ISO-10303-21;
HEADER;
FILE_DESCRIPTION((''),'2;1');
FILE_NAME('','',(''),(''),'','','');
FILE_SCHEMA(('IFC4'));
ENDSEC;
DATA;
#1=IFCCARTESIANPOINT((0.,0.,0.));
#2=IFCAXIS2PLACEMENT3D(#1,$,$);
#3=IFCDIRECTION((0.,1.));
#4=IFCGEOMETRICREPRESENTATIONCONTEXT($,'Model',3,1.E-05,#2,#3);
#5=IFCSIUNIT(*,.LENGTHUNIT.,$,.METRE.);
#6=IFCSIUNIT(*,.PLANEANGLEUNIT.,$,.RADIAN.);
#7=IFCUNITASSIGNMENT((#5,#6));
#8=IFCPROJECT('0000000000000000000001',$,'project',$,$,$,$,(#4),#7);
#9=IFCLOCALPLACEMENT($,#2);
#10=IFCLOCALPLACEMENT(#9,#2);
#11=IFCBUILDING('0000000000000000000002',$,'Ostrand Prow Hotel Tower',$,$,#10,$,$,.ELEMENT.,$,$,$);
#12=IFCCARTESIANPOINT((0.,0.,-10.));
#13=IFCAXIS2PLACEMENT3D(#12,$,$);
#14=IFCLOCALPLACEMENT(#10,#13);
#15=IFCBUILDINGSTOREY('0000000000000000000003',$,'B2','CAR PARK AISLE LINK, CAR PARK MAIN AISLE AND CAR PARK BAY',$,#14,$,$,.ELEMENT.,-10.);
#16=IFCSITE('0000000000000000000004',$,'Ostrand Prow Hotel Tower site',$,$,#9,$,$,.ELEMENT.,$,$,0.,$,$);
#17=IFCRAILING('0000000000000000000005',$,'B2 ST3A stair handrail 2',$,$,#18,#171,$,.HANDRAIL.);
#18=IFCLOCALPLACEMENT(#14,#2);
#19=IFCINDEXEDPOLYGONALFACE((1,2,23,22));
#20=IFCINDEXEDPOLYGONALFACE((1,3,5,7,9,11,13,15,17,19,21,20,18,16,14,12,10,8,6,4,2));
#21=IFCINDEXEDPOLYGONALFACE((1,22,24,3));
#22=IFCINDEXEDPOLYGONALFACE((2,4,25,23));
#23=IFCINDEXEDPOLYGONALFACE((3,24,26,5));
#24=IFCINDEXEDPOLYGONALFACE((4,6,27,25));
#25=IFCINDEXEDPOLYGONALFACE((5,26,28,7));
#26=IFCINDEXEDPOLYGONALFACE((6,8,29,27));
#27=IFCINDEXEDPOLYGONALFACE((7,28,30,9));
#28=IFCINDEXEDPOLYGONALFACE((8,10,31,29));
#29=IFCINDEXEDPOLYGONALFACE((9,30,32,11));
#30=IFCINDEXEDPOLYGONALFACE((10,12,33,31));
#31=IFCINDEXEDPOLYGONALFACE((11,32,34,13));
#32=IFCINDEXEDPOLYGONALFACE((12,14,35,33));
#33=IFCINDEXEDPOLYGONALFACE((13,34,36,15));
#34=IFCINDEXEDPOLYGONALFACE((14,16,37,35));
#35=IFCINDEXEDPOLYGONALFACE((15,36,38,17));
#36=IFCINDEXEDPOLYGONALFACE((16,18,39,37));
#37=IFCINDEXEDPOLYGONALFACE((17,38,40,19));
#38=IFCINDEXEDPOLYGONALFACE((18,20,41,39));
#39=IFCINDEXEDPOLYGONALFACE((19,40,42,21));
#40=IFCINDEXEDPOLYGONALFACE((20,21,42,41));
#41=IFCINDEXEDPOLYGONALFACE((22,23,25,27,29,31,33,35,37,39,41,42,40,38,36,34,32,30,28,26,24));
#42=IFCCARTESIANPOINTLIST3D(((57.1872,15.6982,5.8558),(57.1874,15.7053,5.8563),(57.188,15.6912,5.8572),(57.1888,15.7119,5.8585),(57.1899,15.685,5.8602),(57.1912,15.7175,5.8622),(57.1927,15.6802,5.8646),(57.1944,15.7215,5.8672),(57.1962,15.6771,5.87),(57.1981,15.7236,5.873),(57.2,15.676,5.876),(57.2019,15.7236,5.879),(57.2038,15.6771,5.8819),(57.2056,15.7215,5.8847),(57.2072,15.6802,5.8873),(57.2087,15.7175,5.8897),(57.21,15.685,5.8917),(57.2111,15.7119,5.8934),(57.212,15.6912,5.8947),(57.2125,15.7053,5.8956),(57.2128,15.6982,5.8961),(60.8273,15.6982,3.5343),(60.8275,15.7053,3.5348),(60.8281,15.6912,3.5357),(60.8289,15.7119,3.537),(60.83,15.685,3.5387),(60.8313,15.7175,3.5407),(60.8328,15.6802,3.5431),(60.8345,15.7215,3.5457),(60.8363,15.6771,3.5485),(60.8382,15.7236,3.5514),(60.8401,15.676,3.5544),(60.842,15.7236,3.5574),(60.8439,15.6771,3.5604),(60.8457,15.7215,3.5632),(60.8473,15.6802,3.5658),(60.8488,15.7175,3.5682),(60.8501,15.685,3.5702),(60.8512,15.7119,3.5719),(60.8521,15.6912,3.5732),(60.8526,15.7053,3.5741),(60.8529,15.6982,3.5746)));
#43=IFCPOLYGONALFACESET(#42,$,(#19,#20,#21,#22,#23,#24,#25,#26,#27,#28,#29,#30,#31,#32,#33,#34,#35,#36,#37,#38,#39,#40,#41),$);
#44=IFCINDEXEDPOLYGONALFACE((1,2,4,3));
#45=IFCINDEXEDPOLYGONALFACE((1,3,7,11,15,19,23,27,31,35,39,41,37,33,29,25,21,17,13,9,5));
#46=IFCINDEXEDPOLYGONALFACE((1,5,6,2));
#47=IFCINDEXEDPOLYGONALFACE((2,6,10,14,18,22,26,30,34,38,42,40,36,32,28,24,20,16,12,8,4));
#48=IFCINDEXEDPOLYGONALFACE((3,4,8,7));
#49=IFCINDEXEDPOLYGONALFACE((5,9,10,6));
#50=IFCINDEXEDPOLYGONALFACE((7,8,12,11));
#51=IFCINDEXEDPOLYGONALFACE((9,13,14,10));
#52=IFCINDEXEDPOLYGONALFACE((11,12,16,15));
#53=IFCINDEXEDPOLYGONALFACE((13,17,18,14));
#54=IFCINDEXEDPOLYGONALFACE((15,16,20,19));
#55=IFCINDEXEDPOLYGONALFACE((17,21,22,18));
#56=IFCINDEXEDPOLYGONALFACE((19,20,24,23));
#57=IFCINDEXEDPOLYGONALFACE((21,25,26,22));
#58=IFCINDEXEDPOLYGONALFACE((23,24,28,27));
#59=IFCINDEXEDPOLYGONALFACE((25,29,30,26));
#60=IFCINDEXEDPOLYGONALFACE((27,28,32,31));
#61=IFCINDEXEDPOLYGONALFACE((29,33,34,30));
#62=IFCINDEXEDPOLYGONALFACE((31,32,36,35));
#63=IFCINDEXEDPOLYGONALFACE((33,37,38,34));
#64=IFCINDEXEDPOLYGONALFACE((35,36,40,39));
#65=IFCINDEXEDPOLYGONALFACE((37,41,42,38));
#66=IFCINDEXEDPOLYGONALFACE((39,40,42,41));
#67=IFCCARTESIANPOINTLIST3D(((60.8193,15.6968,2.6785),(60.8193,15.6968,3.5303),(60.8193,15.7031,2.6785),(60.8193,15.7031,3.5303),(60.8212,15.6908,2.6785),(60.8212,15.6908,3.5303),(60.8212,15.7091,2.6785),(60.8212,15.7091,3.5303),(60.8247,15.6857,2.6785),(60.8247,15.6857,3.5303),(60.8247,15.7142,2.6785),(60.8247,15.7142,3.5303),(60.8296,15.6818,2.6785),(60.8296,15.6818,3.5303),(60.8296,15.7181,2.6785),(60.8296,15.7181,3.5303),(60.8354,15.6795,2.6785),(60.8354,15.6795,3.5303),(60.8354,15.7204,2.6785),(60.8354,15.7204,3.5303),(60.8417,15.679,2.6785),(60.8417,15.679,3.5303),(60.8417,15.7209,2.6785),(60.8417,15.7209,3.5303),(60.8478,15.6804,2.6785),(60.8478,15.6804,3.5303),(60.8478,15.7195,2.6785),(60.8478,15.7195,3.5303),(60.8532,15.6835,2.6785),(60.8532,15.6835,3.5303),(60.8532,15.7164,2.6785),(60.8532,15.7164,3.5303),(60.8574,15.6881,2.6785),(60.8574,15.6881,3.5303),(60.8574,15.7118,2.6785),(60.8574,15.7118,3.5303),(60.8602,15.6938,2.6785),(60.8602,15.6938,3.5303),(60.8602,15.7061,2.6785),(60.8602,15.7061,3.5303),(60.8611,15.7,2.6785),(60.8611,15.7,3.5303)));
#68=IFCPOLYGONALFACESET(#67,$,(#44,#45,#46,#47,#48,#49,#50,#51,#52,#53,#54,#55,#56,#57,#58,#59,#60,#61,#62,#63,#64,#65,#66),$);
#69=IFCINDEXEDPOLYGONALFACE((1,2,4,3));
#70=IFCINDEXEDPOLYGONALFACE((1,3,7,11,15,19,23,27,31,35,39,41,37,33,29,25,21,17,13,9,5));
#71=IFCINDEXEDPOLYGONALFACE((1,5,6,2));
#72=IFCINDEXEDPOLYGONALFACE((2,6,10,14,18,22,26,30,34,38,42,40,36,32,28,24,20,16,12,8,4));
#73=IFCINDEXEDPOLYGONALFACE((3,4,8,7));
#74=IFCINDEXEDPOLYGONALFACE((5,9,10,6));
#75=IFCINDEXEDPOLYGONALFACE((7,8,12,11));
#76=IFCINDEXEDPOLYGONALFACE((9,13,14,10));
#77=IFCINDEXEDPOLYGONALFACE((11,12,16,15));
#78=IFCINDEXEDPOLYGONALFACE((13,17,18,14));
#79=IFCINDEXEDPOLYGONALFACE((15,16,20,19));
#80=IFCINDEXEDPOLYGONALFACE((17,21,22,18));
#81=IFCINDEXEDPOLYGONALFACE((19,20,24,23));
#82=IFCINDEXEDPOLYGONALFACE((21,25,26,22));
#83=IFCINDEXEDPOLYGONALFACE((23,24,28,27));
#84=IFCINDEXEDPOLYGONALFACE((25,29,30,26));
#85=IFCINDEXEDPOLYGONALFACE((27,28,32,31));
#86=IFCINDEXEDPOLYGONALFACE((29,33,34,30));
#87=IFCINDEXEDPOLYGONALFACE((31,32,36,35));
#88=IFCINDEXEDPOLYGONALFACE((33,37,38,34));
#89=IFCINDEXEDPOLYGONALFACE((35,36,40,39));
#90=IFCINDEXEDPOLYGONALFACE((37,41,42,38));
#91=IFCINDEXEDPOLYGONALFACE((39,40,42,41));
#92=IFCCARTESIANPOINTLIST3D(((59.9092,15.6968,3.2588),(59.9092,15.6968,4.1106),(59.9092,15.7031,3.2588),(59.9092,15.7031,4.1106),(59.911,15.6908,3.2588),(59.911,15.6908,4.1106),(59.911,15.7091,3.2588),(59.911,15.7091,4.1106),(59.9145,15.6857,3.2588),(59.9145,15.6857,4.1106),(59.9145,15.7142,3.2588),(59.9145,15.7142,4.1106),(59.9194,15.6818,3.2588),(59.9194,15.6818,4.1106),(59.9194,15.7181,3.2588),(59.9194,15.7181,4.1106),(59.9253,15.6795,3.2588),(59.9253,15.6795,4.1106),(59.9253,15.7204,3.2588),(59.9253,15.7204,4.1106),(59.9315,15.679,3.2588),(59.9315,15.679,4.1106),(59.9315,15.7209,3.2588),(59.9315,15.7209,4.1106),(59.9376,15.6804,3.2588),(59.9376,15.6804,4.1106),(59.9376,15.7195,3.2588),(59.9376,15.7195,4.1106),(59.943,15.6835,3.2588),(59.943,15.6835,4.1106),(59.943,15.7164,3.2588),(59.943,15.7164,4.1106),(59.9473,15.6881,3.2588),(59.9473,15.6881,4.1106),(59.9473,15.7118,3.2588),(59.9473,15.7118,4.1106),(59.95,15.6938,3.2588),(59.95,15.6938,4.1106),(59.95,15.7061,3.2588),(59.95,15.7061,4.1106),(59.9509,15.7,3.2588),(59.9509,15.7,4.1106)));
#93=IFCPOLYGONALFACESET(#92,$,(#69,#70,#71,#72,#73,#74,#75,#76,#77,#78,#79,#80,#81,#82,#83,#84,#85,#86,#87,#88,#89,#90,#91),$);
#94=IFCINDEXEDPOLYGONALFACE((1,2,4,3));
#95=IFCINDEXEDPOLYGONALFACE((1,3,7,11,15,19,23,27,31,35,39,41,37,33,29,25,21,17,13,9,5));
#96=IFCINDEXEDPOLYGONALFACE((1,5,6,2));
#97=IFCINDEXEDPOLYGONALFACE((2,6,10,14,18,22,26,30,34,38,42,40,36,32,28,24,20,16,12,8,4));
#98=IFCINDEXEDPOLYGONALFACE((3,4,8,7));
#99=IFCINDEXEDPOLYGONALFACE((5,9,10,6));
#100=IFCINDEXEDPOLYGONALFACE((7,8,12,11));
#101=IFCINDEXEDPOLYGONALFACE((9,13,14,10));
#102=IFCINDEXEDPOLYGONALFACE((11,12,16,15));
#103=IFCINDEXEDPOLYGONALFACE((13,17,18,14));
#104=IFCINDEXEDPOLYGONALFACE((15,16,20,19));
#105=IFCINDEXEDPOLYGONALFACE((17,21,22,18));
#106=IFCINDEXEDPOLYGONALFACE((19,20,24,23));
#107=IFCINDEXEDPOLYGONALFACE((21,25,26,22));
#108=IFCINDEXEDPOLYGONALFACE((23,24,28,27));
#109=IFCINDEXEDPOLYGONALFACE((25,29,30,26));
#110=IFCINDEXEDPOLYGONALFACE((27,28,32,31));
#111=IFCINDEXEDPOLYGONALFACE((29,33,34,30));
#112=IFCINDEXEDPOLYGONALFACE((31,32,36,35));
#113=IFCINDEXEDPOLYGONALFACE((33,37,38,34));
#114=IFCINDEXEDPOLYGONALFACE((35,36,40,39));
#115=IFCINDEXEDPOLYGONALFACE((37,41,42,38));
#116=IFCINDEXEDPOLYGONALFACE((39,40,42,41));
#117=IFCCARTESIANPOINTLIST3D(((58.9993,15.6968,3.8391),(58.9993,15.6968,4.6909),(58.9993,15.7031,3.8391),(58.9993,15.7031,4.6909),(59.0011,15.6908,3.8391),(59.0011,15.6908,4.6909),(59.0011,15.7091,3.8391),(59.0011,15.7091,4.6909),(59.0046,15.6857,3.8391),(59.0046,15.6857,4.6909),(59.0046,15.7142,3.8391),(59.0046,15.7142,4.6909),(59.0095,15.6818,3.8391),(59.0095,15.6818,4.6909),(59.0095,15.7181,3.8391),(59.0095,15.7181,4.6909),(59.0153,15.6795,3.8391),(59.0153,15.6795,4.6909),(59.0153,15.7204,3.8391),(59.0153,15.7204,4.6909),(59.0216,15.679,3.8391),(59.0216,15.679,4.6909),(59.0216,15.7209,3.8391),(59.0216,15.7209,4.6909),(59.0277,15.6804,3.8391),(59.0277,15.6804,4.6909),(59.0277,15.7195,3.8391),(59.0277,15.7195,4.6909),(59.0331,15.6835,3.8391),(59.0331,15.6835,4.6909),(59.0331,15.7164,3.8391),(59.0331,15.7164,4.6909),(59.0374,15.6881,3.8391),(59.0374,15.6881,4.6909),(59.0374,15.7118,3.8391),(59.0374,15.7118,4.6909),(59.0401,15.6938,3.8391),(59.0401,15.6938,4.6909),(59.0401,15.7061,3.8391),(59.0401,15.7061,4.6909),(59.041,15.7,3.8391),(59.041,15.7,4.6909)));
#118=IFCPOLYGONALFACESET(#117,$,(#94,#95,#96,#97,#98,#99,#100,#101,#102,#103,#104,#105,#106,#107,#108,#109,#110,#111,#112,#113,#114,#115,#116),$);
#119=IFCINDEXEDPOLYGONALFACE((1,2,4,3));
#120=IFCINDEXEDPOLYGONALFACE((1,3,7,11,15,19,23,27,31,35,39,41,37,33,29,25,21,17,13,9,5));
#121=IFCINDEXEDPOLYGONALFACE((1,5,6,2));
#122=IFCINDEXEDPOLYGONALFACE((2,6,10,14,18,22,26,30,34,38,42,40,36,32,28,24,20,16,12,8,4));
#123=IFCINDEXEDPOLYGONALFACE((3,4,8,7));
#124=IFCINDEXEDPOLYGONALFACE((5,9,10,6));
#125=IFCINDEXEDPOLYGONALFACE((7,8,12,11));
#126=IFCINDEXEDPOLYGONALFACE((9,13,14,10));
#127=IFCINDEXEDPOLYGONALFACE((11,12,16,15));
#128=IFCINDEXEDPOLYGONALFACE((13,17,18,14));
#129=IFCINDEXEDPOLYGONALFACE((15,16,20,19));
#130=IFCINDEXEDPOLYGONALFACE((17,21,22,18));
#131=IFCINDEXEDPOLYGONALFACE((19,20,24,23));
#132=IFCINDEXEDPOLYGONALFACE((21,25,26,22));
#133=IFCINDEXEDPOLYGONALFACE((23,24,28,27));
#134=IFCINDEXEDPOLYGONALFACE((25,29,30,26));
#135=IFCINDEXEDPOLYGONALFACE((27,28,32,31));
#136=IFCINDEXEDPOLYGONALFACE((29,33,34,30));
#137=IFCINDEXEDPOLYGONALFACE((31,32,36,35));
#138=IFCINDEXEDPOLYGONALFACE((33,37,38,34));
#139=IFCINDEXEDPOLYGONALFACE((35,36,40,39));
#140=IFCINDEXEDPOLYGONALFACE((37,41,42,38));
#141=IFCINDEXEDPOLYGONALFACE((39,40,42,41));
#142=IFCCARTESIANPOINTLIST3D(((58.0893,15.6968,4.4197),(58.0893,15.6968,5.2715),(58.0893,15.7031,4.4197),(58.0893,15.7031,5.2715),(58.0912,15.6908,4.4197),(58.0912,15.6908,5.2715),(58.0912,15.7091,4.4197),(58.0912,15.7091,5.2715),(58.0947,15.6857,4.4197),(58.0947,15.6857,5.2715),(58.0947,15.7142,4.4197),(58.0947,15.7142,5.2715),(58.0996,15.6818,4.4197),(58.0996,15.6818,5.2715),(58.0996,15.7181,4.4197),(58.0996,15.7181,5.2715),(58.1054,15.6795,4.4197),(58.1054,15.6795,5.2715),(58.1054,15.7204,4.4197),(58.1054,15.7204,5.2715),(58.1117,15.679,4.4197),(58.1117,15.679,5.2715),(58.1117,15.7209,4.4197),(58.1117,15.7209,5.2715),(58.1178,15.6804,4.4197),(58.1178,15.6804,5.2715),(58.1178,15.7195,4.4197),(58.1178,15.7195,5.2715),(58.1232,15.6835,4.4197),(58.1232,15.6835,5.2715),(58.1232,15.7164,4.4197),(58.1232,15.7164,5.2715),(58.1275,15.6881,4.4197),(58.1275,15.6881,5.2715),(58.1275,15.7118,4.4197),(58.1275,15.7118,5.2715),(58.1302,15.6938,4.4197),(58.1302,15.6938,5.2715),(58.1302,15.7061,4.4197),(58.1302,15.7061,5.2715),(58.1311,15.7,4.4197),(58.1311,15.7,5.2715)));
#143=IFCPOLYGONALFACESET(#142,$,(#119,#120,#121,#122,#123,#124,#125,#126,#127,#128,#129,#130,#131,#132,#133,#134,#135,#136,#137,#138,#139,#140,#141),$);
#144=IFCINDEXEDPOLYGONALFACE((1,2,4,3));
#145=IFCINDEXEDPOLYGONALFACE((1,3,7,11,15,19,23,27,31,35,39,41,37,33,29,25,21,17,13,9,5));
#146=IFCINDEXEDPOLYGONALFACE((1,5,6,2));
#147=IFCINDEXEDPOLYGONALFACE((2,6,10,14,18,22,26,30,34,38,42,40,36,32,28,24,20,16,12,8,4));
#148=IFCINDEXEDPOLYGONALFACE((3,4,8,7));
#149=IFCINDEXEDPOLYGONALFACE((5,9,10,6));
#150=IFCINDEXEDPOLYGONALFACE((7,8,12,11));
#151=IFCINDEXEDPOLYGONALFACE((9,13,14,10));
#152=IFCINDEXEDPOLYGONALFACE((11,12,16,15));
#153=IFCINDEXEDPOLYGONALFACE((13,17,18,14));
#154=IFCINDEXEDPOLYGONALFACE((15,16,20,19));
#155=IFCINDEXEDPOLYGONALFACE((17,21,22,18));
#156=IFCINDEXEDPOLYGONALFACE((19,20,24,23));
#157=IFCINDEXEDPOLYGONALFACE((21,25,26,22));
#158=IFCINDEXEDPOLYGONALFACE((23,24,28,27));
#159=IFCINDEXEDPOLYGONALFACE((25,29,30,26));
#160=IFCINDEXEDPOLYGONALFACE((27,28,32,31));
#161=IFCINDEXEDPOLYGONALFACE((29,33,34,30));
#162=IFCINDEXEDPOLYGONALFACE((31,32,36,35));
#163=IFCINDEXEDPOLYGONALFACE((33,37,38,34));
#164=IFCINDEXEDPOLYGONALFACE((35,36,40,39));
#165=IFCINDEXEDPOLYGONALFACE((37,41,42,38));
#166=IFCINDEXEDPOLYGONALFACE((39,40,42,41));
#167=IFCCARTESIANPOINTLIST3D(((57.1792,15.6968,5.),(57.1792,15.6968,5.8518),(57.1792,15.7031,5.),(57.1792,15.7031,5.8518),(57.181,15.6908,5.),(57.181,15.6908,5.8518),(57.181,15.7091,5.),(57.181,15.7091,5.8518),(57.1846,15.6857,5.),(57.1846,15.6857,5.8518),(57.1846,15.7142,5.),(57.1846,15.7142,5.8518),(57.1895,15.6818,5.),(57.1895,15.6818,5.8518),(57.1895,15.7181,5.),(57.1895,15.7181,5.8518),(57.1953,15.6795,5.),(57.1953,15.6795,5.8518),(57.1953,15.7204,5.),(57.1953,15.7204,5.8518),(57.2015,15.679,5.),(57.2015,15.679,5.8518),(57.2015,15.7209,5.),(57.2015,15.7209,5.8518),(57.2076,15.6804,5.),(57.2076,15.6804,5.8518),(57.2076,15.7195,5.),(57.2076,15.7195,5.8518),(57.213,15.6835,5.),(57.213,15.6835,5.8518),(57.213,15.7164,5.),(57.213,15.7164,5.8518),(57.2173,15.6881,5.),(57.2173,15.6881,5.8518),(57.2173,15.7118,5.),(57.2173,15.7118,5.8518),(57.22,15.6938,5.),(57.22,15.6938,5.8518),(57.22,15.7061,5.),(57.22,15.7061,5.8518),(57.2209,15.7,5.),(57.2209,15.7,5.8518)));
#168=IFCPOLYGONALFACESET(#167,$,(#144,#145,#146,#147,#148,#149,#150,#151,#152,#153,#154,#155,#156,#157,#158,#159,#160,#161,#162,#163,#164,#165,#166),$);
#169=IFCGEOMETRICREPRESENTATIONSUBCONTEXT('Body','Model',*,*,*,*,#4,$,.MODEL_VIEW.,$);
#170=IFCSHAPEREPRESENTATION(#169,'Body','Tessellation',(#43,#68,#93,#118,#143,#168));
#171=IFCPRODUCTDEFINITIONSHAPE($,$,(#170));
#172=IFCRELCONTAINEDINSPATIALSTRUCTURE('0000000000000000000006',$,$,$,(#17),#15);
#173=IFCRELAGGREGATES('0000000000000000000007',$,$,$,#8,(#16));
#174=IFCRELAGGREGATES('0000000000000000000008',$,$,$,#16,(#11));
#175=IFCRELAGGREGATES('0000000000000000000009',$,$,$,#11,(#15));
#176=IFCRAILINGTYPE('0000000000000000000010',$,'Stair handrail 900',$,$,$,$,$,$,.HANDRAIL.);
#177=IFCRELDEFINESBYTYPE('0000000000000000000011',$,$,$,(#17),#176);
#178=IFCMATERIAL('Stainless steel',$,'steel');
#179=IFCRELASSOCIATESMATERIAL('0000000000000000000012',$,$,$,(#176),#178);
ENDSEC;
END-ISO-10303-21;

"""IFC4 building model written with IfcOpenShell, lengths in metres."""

from ifc_helpers import new_model, si_unit, direction, frame, origin, origin_2d, place, context, subcontext, project, spatial, circle, extrude, material, type_object, element, save


model = new_model("IFC4")

# Units and contexts
model_context = context("Model", 3, precision=1e-05, world=origin(), true_north=direction((0.0, 1.0)))
body_context = subcontext(model_context, "Body", "Model", "MODEL_VIEW")
ifc_project = project(units=[si_unit("LENGTHUNIT", "METRE"), si_unit("PLANEANGLEUNIT", "RADIAN")], contexts=[model_context])

# Site, building, storey
site_placement = place(None, origin())
site = spatial("IfcSite", under=ifc_project, at=site_placement, Name="Ostrand Prow Hotel Tower site", CompositionType="ELEMENT", RefElevation=0.0)
building_placement = place(site_placement, origin())
building = spatial("IfcBuilding", under=site, at=building_placement, Name="Ostrand Prow Hotel Tower", CompositionType="ELEMENT")
storey_placement = place(building_placement, frame((0.0, 0.0, -10.0)))
storey = spatial("IfcBuildingStorey", under=building, at=storey_placement, Name="B2", Description="CAR PARK AISLE LINK, CAR PARK MAIN AISLE AND CAR PARK BAY", CompositionType="ELEMENT", Elevation=-10.0)

# Railing
ifc_material_1 = material(Name="Stainless steel", Category="steel")
railing_type_1 = type_object("IfcRailingType", Name="Stair handrail 900", PredefinedType="HANDRAIL", material=ifc_material_1)
for number, where, name in (
    (1, (60.8401, 15.7, 2.6785), "B2 ST3A stair handrail 2"),
):
    element("IfcRailing", number, at=place(storey_placement, frame(where)), inside=storey, type_object=railing_type_1, Name=name, PredefinedType="HANDRAIL", context=body_context, shape_type="SweptSolid", body=[
        extrude(circle(Radius=0.0239, at=origin_2d()), frame((0.0, 0.0, 0.876), z_axis=(-0.843128, 0.0, 0.537713), x_axis=(0.0, -1.0, 0.0)), (0.0, 0.0, 1.0), 4.3174),
        extrude(circle(Radius=0.021, at=origin_2d()), origin(), (0.0, 0.0, 1.0), 0.8518),
        extrude(circle(Radius=0.021, at=origin_2d()), frame((-0.9102, 0.0, 0.5803)), (0.0, 0.0, 1.0), 0.8518),
        extrude(circle(Radius=0.021, at=origin_2d()), frame((-1.8201, 0.0, 1.1606)), (0.0, 0.0, 1.0), 0.8518),
        extrude(circle(Radius=0.021, at=origin_2d()), frame((-2.73, 0.0, 1.7412)), (0.0, 0.0, 1.0), 0.8518),
        extrude(circle(Radius=0.021, at=origin_2d()), frame((-3.6401, 0.0, 2.3215)), (0.0, 0.0, 1.0), 0.8518),
    ])

save(model, "model.ifc")
